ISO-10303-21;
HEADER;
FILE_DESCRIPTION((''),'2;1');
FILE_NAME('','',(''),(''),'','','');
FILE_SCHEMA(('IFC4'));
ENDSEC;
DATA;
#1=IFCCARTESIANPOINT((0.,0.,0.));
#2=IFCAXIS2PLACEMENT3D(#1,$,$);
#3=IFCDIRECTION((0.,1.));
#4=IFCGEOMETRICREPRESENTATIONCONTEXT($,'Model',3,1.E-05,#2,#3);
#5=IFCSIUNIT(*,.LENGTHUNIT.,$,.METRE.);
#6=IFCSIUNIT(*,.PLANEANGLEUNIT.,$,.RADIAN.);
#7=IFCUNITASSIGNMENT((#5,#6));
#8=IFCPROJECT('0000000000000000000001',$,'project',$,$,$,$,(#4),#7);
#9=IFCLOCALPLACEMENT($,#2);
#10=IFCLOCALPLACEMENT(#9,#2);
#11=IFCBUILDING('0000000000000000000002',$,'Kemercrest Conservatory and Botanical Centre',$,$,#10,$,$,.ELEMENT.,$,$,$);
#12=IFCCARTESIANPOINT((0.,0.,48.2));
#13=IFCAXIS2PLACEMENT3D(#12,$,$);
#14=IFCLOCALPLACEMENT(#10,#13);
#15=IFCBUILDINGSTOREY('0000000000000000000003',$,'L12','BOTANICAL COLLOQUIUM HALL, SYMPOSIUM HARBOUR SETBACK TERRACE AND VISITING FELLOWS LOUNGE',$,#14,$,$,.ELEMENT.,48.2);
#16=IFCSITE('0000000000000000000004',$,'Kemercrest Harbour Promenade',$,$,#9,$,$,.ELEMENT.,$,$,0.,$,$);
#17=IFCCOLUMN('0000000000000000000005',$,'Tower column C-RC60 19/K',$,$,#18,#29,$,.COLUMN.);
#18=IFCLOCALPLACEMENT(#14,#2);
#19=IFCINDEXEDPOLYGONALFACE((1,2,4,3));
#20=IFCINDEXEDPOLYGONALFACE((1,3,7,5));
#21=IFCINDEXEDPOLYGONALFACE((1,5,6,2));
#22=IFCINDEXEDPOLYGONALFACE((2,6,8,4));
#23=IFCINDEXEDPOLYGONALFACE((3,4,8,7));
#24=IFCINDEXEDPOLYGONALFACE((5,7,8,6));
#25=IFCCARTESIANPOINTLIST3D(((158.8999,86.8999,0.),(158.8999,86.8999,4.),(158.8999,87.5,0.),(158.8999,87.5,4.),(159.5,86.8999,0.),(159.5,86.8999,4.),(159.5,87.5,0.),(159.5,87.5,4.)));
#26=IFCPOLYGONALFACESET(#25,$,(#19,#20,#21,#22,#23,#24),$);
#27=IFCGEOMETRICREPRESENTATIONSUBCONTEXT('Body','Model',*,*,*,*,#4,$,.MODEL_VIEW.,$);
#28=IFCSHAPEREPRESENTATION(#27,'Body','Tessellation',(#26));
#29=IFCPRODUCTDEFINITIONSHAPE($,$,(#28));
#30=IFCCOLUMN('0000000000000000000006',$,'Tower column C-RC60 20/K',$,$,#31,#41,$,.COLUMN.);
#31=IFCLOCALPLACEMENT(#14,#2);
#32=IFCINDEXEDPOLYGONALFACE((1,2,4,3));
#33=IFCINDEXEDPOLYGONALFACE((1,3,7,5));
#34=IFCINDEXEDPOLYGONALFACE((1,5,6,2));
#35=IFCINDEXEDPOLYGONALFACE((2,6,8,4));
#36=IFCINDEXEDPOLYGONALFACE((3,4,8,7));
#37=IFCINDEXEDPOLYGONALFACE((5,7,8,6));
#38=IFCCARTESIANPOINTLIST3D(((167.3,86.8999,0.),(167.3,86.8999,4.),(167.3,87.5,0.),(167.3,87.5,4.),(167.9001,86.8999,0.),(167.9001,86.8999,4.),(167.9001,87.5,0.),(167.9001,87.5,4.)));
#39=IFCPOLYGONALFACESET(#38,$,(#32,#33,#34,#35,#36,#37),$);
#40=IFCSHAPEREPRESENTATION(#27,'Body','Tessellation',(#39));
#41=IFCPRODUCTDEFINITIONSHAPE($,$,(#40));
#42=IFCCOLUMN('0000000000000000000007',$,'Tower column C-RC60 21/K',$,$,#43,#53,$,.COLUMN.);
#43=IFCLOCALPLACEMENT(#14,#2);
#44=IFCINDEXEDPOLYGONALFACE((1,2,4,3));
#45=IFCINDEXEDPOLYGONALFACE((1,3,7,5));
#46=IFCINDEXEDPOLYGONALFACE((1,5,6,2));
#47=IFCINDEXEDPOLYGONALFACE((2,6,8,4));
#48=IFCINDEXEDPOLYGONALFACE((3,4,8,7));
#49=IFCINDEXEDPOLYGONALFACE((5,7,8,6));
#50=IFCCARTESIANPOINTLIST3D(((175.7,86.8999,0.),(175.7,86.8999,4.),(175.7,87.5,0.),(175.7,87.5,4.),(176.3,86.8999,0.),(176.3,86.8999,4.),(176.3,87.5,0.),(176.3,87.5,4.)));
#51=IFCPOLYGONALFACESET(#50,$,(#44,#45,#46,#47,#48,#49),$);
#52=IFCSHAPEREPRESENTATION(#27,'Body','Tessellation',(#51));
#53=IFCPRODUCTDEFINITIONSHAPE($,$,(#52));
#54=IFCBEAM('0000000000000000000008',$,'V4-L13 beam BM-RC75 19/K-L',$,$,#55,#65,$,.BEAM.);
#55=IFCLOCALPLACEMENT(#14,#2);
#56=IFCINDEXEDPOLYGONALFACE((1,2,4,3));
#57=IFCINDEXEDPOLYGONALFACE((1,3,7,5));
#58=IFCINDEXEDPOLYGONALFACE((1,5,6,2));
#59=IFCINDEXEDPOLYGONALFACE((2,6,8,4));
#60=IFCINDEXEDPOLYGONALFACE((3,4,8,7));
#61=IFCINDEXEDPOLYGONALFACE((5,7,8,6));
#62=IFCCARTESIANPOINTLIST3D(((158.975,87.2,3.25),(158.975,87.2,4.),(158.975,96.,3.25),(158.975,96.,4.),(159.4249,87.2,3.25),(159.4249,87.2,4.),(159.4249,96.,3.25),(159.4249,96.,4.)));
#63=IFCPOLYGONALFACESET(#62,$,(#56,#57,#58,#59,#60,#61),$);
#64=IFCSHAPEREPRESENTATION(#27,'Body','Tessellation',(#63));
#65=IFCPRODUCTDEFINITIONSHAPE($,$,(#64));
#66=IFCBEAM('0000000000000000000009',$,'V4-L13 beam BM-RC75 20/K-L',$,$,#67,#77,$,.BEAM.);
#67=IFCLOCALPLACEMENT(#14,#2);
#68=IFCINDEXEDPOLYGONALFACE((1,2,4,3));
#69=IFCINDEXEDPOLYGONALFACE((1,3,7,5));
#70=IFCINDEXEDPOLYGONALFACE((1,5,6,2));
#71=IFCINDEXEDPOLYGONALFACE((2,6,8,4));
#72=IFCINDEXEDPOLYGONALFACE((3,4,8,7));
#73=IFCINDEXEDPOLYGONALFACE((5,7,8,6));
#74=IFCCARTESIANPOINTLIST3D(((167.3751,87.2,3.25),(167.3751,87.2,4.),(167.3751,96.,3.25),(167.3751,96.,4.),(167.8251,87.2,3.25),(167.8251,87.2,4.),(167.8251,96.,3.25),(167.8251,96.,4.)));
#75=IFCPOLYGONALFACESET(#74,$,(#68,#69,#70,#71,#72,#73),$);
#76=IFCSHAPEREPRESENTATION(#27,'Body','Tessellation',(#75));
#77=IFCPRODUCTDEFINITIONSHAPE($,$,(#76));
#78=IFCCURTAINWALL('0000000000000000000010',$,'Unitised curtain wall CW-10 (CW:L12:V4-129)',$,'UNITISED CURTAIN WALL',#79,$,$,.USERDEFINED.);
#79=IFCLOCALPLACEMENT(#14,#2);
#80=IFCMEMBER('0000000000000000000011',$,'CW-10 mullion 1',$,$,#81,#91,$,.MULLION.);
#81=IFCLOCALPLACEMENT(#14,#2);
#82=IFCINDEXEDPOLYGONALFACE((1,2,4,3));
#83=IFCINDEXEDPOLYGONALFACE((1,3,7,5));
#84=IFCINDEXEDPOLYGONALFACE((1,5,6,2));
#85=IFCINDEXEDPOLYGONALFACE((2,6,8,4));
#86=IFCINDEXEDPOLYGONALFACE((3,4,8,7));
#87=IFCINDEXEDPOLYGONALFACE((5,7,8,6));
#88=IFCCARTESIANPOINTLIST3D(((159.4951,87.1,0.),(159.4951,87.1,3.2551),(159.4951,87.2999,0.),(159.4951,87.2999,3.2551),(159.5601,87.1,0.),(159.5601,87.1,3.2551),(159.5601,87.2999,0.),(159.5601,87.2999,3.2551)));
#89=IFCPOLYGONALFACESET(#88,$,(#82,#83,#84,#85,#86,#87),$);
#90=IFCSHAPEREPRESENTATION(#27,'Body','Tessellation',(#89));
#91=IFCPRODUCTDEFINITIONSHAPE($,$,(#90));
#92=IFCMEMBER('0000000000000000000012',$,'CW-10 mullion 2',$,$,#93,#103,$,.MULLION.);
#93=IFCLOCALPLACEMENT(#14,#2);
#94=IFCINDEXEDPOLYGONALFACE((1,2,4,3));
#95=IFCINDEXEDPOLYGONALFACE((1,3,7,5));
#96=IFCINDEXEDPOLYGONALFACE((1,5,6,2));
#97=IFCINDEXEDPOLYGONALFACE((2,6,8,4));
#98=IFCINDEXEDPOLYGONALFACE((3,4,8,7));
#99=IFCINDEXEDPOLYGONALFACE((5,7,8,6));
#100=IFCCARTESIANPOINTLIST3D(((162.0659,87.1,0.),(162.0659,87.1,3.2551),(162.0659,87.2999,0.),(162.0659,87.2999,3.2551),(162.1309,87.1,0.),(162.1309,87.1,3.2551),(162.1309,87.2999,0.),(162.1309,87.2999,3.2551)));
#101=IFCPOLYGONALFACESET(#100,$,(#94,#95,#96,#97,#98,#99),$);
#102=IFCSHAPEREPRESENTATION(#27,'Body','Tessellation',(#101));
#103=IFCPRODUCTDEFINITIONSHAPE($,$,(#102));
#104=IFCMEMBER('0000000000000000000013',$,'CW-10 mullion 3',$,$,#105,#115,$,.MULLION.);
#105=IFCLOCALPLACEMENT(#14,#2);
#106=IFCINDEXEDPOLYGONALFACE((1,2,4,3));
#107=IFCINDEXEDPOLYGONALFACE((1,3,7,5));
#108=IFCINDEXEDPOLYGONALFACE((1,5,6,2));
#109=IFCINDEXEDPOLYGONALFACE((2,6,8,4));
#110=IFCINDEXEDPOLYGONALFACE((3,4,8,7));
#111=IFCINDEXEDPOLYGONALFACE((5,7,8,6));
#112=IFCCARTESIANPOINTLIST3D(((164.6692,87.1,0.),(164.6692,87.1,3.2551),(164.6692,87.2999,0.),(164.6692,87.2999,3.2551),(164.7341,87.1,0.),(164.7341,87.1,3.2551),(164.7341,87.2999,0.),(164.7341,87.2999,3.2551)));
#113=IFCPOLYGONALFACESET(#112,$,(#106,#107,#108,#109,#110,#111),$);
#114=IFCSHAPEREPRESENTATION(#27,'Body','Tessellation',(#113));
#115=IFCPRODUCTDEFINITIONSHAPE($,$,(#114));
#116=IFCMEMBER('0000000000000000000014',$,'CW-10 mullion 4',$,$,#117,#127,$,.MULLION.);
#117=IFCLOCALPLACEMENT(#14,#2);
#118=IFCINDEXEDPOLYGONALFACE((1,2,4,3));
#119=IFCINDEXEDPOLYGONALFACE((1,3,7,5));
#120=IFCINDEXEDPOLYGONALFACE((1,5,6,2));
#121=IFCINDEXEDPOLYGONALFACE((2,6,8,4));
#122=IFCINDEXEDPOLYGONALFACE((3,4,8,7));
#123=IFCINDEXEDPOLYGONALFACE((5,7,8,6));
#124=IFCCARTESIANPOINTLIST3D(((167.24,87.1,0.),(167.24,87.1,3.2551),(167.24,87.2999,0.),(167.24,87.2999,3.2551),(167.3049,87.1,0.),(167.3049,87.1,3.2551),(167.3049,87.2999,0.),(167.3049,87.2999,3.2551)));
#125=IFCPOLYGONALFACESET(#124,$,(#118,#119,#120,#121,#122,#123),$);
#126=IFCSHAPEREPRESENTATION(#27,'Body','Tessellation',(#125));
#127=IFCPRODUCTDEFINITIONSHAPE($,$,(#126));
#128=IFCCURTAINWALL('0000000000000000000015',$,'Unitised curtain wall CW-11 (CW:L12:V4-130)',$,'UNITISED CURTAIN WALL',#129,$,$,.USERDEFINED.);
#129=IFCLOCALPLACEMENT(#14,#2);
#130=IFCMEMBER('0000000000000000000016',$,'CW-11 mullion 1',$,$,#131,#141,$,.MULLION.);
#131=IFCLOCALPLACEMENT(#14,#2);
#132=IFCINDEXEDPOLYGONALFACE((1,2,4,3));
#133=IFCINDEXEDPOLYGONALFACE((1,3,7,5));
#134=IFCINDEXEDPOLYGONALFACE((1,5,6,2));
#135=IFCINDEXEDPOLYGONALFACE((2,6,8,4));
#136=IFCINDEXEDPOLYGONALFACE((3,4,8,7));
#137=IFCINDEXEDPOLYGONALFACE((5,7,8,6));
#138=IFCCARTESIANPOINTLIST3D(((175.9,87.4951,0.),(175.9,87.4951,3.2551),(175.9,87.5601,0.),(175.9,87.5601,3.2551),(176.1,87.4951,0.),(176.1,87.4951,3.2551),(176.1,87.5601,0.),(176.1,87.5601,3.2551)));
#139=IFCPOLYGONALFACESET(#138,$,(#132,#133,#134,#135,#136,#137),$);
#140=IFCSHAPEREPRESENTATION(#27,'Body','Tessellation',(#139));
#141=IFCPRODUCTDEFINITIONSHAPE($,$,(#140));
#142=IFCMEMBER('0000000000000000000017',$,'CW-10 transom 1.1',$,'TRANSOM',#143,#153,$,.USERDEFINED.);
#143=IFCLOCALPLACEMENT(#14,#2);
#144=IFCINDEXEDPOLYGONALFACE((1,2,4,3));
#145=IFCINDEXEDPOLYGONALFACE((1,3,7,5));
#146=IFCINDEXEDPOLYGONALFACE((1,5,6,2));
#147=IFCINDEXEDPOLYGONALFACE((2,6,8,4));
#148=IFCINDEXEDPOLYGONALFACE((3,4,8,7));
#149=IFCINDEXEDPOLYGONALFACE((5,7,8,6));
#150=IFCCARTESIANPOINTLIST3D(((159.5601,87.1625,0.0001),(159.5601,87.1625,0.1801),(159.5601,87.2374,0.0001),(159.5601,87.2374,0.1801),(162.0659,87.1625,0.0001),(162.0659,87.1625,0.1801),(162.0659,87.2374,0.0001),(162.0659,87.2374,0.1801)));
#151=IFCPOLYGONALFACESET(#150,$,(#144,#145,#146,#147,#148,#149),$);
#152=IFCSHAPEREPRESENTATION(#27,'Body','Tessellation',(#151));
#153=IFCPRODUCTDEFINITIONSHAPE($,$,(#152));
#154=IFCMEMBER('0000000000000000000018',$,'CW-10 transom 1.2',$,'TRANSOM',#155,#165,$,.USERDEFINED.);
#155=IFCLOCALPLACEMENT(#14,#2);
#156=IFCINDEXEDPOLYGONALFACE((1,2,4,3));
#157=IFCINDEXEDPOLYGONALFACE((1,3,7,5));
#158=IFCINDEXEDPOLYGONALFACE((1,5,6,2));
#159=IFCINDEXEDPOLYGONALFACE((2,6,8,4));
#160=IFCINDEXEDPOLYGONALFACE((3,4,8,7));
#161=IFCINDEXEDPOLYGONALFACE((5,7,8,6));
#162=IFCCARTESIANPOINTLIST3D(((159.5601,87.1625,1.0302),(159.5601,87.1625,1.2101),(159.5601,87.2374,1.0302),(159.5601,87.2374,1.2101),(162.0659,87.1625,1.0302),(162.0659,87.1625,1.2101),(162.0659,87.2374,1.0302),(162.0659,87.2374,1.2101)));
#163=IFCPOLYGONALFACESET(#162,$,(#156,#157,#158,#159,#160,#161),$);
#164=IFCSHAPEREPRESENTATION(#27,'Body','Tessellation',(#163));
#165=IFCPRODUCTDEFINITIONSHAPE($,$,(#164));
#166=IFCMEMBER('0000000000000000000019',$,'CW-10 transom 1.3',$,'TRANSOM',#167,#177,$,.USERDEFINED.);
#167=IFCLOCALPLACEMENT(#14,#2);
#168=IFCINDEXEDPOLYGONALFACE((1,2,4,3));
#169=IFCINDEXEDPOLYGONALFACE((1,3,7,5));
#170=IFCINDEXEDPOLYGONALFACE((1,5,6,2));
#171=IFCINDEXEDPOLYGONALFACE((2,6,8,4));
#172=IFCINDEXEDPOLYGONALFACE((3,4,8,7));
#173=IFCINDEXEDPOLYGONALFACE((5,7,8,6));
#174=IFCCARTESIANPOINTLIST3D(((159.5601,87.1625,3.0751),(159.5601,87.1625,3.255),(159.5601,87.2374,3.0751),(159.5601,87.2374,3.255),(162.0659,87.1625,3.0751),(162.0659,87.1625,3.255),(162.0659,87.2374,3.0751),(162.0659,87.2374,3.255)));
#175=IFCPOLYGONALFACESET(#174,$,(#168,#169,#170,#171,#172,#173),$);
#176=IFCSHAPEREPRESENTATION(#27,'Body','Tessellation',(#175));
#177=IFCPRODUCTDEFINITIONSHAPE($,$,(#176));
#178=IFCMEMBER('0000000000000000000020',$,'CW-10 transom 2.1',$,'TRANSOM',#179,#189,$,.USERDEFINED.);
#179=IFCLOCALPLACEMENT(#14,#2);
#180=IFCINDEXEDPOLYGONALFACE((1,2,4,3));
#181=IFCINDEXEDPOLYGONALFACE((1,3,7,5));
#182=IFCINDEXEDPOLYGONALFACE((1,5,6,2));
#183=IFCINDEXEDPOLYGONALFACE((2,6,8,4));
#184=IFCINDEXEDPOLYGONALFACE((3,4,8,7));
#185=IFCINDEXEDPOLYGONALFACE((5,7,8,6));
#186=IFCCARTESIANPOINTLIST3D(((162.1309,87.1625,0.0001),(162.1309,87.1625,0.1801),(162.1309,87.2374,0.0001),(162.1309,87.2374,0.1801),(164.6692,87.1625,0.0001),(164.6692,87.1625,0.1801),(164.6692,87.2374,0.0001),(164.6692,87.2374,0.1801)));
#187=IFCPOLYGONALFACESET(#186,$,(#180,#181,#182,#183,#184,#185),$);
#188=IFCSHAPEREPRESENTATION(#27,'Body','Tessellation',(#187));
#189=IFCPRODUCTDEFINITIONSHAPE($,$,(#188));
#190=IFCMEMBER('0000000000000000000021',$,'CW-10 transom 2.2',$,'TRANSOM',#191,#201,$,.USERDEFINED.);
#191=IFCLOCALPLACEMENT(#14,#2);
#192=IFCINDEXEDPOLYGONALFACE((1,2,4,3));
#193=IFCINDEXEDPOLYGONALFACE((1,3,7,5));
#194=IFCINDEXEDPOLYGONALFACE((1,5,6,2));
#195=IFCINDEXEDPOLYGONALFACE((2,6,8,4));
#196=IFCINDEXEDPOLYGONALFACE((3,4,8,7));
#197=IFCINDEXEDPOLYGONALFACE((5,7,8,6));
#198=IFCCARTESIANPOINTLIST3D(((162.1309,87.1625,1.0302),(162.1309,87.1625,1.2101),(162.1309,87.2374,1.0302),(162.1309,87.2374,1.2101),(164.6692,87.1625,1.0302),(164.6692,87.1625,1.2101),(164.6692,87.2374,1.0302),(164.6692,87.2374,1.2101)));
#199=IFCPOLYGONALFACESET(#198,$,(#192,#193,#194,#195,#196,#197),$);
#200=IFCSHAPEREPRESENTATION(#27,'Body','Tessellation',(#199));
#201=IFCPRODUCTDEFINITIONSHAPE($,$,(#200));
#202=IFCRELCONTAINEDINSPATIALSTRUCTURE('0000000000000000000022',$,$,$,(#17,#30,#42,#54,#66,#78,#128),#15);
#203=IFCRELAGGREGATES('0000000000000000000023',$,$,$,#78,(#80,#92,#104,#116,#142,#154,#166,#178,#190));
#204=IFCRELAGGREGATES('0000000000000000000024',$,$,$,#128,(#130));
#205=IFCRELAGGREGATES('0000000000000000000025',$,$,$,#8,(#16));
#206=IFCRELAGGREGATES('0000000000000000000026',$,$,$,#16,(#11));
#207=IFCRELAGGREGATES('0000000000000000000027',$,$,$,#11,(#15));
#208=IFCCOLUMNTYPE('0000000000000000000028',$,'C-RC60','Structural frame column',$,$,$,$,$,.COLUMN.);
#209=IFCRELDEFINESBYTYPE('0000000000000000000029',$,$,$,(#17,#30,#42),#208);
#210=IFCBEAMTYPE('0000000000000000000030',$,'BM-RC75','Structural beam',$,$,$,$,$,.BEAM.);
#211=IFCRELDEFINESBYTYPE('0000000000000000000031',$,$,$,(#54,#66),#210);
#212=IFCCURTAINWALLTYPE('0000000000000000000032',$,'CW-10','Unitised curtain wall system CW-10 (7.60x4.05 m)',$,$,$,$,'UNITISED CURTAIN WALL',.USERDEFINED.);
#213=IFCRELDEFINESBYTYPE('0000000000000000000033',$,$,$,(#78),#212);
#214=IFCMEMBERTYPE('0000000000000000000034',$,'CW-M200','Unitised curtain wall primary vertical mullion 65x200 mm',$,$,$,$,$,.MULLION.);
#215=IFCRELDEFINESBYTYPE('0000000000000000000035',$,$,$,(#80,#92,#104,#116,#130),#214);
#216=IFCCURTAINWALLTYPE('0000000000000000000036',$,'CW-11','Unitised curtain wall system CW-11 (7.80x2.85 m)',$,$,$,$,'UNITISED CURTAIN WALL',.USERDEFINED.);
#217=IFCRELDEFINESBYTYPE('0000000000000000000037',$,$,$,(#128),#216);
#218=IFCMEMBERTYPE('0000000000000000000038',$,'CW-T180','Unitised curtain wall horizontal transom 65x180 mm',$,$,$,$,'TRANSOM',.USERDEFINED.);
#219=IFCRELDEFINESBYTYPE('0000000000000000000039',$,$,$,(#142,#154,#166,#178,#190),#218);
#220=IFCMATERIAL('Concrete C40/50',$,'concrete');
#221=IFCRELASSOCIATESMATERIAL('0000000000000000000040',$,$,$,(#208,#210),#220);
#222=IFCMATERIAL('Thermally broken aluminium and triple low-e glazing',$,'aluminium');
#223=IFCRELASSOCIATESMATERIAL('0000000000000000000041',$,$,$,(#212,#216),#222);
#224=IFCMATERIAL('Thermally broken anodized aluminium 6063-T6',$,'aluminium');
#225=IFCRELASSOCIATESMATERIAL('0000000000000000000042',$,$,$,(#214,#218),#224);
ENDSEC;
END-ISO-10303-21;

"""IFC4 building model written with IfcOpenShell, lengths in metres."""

from ifc_helpers import new_model, si_unit, direction, frame, origin, origin_2d, place, context, subcontext, project, spatial, rectangle, extrude, material, material_profile, profile_set, type_object, element, aggregate, save


model = new_model("IFC4")

# Units and contexts
model_context = context("Model", 3, precision=1e-05, world=origin(), true_north=direction((0.0, 1.0)))
body_context = subcontext(model_context, "Body", "Model", "MODEL_VIEW")
ifc_project = project(units=[si_unit("LENGTHUNIT", "METRE"), si_unit("PLANEANGLEUNIT", "RADIAN")], contexts=[model_context])

# Site, building, storey
site_placement = place(None, origin())
site = spatial("IfcSite", under=ifc_project, at=site_placement, Name="Kemercrest Harbour Promenade", CompositionType="ELEMENT", RefElevation=0.0)
building_placement = place(site_placement, origin())
building = spatial("IfcBuilding", under=site, at=building_placement, Name="Kemercrest Conservatory and Botanical Centre", CompositionType="ELEMENT")
storey_placement = place(building_placement, frame((0.0, 0.0, 48.2)))
storey = spatial("IfcBuildingStorey", under=building, at=storey_placement, Name="L12", Description="BOTANICAL COLLOQUIUM HALL, SYMPOSIUM HARBOUR SETBACK TERRACE AND VISITING FELLOWS LOUNGE", CompositionType="ELEMENT", Elevation=48.2)

# Columns
ifc_material_1 = material(Name="Concrete C40/50", Category="concrete")
ifc_material_profile_1 = material_profile(ifc_material_1, rectangle(XDim=0.6001, YDim=0.6001, at=origin_2d()), Name="RC 600x600")
ifc_profile_set_1 = profile_set([ifc_material_profile_1], Name="Concrete C40/50")
column_type = type_object("IfcColumnType", Name="C-RC60", Description="Structural frame column", PredefinedType="COLUMN", material=ifc_profile_set_1)
for number, where, z_axis, x_axis, name in (
    (1, (159.2, 87.2, 0.0), (0.0, 0.0, 1.0), (1.0, 0.0, 0.0), "Tower column C-RC60 19/K"),
    (2, (167.6001, 87.2, 0.0), (0.0, 0.0, 1.0), (1.0, 0.0, 0.0), "Tower column C-RC60 20/K"),
    (3, (176.0, 87.2, 0.0), (0.0, 0.0, 1.0), (1.0, 0.0, 0.0), "Tower column C-RC60 21/K"),
):
    element("IfcColumn", number, at=place(storey_placement, frame(where, z_axis=z_axis, x_axis=x_axis)), inside=storey, type_object=column_type, Name=name, PredefinedType="COLUMN", context=body_context, shape_type="SweptSolid", body=[
        extrude(rectangle(XDim=0.6001, YDim=0.6001, at=origin_2d()), origin(), (0.0, 0.0, 1.0), 4.0),
    ])

# Beams
ifc_material_profile_2 = material_profile(ifc_material_1, rectangle(XDim=0.45, YDim=0.75, at=origin_2d()), Name="RC 450x750")
ifc_profile_set_2 = profile_set([ifc_material_profile_2], Name="Concrete C40/50")
beam_type_1 = type_object("IfcBeamType", Name="BM-RC75", Description="Structural beam", PredefinedType="BEAM", material=ifc_profile_set_2)
for number, where, z_axis, x_axis, name in (
    (4, (159.2, 87.2, 3.625), (0.0, 1.0, 0.0), (-1.0, 0.0, 0.0), "V4-L13 beam BM-RC75 19/K-L"),
    (5, (167.6001, 87.2, 3.625), (0.0, 1.0, 0.0), (-1.0, 0.0, 0.0), "V4-L13 beam BM-RC75 20/K-L"),
):
    element("IfcBeam", number, at=place(storey_placement, frame(where, z_axis=z_axis, x_axis=x_axis)), inside=storey, type_object=beam_type_1, Name=name, PredefinedType="BEAM", context=body_context, shape_type="SweptSolid", body=[
        extrude(rectangle(XDim=0.45, YDim=0.75, at=origin_2d()), origin(), (0.0, 0.0, 1.0), 8.8),
    ])

# Curtain wall, members
ifc_material_2 = material(Name="Thermally broken aluminium and triple low-e glazing", Category="aluminium")
curtain_wall_type_1 = type_object("IfcCurtainWallType", Name="CW-10", Description="Unitised curtain wall system CW-10 (7.60x4.05 m)", ElementType="UNITISED CURTAIN WALL", PredefinedType="USERDEFINED", material=ifc_material_2)
curtain_wall_1_placement = place(storey_placement, origin())
curtain_wall_1 = element("IfcCurtainWall", 6, at=curtain_wall_1_placement, inside=storey, type_object=curtain_wall_type_1, Name="Unitised curtain wall CW-10 (CW:L12:V4-129)", ObjectType="UNITISED CURTAIN WALL", PredefinedType="USERDEFINED")
ifc_material_3 = material(Name="Thermally broken anodized aluminium 6063-T6", Category="aluminium")
ifc_material_profile_3 = material_profile(ifc_material_3, rectangle(XDim=0.2, YDim=0.0649, at=origin_2d()), Name="AL MULLION 65x200")
ifc_profile_set_3 = profile_set([ifc_material_profile_3], Name="Thermally broken anodized aluminium 6063-T6")
member_type_1 = type_object("IfcMemberType", Name="CW-M200", Description="Unitised curtain wall primary vertical mullion 65x200 mm", PredefinedType="MULLION", material=ifc_profile_set_3)
member_1_placement = place(storey_placement, frame((159.5276, 87.2, 0.0), z_axis=(0.0, 0.0, 1.0), x_axis=(0.0, 1.0, 0.0)))
member_1 = element("IfcMember", 7, at=member_1_placement, type_object=member_type_1, Name="CW-10 mullion 1", PredefinedType="MULLION", context=body_context, shape_type="SweptSolid", body=[
    extrude(rectangle(XDim=0.2, YDim=0.0649, at=origin_2d()), origin(), (0.0, 0.0, 1.0), 3.2551),
])
member_2_placement = place(storey_placement, frame((162.0984, 87.2, 0.0), z_axis=(0.0, 0.0, 1.0), x_axis=(0.0, 1.0, 0.0)))
member_2 = element("IfcMember", 8, at=member_2_placement, type_object=member_type_1, Name="CW-10 mullion 2", PredefinedType="MULLION", context=body_context, shape_type="SweptSolid", body=[
    extrude(rectangle(XDim=0.2, YDim=0.0649, at=origin_2d()), origin(), (0.0, 0.0, 1.0), 3.2551),
])
member_3_placement = place(storey_placement, frame((164.7017, 87.2, 0.0), z_axis=(0.0, 0.0, 1.0), x_axis=(0.0, 1.0, 0.0)))
member_3 = element("IfcMember", 9, at=member_3_placement, type_object=member_type_1, Name="CW-10 mullion 3", PredefinedType="MULLION", context=body_context, shape_type="SweptSolid", body=[
    extrude(rectangle(XDim=0.2, YDim=0.0649, at=origin_2d()), origin(), (0.0, 0.0, 1.0), 3.2551),
])
member_4_placement = place(storey_placement, frame((167.2725, 87.2, 0.0), z_axis=(0.0, 0.0, 1.0), x_axis=(0.0, 1.0, 0.0)))
member_4 = element("IfcMember", 10, at=member_4_placement, type_object=member_type_1, Name="CW-10 mullion 4", PredefinedType="MULLION", context=body_context, shape_type="SweptSolid", body=[
    extrude(rectangle(XDim=0.2, YDim=0.0649, at=origin_2d()), origin(), (0.0, 0.0, 1.0), 3.2551),
])

# Curtain wall, member
curtain_wall_type_2 = type_object("IfcCurtainWallType", Name="CW-11", Description="Unitised curtain wall system CW-11 (7.80x2.85 m)", ElementType="UNITISED CURTAIN WALL", PredefinedType="USERDEFINED", material=ifc_material_2)
curtain_wall_2_placement = place(storey_placement, origin())
curtain_wall_2 = element("IfcCurtainWall", 11, at=curtain_wall_2_placement, inside=storey, type_object=curtain_wall_type_2, Name="Unitised curtain wall CW-11 (CW:L12:V4-130)", ObjectType="UNITISED CURTAIN WALL", PredefinedType="USERDEFINED")
member_5_placement = place(storey_placement, frame((176.0, 87.5276, 0.0), z_axis=(0.0, 0.0, 1.0), x_axis=(-1.0, 0.0, 0.0)))
member_5 = element("IfcMember", 12, at=member_5_placement, type_object=member_type_1, Name="CW-11 mullion 1", PredefinedType="MULLION", context=body_context, shape_type="SweptSolid", body=[
    extrude(rectangle(XDim=0.2, YDim=0.0649, at=origin_2d()), origin(), (0.0, 0.0, 1.0), 3.2551),
])

# Members
ifc_material_profile_4 = material_profile(ifc_material_3, rectangle(XDim=0.075, YDim=0.1799, at=origin_2d()), Name="AL TRANSOM 75x180")
ifc_profile_set_4 = profile_set([ifc_material_profile_4], Name="Thermally broken anodized aluminium 6063-T6")
member_type_2 = type_object("IfcMemberType", Name="CW-T180", Description="Unitised curtain wall horizontal transom 65x180 mm", ElementType="TRANSOM", PredefinedType="USERDEFINED", material=ifc_profile_set_4)
member_6_placement = place(storey_placement, frame((159.5601, 87.2, 0.0901), z_axis=(1.0, 0.0, 0.0), x_axis=(0.0, 1.0, 0.0)))
member_6 = element("IfcMember", 13, at=member_6_placement, type_object=member_type_2, Name="CW-10 transom 1.1", ObjectType="TRANSOM", PredefinedType="USERDEFINED", context=body_context, shape_type="SweptSolid", body=[
    extrude(rectangle(XDim=0.075, YDim=0.1799, at=origin_2d()), origin(), (0.0, 0.0, 1.0), 2.5059),
])
member_7_placement = place(storey_placement, frame((159.5601, 87.2, 1.1201), z_axis=(1.0, 0.0, 0.0), x_axis=(0.0, 1.0, 0.0)))
member_7 = element("IfcMember", 14, at=member_7_placement, type_object=member_type_2, Name="CW-10 transom 1.2", ObjectType="TRANSOM", PredefinedType="USERDEFINED", context=body_context, shape_type="SweptSolid", body=[
    extrude(rectangle(XDim=0.075, YDim=0.1799, at=origin_2d()), origin(), (0.0, 0.0, 1.0), 2.5059),
])
member_8_placement = place(storey_placement, frame((159.5601, 87.2, 3.165), z_axis=(1.0, 0.0, 0.0), x_axis=(0.0, 1.0, 0.0)))
member_8 = element("IfcMember", 15, at=member_8_placement, type_object=member_type_2, Name="CW-10 transom 1.3", ObjectType="TRANSOM", PredefinedType="USERDEFINED", context=body_context, shape_type="SweptSolid", body=[
    extrude(rectangle(XDim=0.075, YDim=0.1799, at=origin_2d()), origin(), (0.0, 0.0, 1.0), 2.5059),
])
member_9_placement = place(storey_placement, frame((162.1309, 87.2, 0.0901), z_axis=(1.0, 0.0, 0.0), x_axis=(0.0, 1.0, 0.0)))
member_9 = element("IfcMember", 16, at=member_9_placement, type_object=member_type_2, Name="CW-10 transom 2.1", ObjectType="TRANSOM", PredefinedType="USERDEFINED", context=body_context, shape_type="SweptSolid", body=[
    extrude(rectangle(XDim=0.075, YDim=0.1799, at=origin_2d()), origin(), (0.0, 0.0, 1.0), 2.5383),
])
member_10_placement = place(storey_placement, frame((162.1309, 87.2, 1.1201), z_axis=(1.0, 0.0, 0.0), x_axis=(0.0, 1.0, 0.0)))
member_10 = element("IfcMember", 17, at=member_10_placement, type_object=member_type_2, Name="CW-10 transom 2.2", ObjectType="TRANSOM", PredefinedType="USERDEFINED", context=body_context, shape_type="SweptSolid", body=[
    extrude(rectangle(XDim=0.075, YDim=0.1799, at=origin_2d()), origin(), (0.0, 0.0, 1.0), 2.5383),
])

aggregate(curtain_wall_1, [member_1, member_2, member_3, member_4, member_6, member_7, member_8, member_9, member_10])
aggregate(curtain_wall_2, [member_5])

save(model, "model.ifc")
